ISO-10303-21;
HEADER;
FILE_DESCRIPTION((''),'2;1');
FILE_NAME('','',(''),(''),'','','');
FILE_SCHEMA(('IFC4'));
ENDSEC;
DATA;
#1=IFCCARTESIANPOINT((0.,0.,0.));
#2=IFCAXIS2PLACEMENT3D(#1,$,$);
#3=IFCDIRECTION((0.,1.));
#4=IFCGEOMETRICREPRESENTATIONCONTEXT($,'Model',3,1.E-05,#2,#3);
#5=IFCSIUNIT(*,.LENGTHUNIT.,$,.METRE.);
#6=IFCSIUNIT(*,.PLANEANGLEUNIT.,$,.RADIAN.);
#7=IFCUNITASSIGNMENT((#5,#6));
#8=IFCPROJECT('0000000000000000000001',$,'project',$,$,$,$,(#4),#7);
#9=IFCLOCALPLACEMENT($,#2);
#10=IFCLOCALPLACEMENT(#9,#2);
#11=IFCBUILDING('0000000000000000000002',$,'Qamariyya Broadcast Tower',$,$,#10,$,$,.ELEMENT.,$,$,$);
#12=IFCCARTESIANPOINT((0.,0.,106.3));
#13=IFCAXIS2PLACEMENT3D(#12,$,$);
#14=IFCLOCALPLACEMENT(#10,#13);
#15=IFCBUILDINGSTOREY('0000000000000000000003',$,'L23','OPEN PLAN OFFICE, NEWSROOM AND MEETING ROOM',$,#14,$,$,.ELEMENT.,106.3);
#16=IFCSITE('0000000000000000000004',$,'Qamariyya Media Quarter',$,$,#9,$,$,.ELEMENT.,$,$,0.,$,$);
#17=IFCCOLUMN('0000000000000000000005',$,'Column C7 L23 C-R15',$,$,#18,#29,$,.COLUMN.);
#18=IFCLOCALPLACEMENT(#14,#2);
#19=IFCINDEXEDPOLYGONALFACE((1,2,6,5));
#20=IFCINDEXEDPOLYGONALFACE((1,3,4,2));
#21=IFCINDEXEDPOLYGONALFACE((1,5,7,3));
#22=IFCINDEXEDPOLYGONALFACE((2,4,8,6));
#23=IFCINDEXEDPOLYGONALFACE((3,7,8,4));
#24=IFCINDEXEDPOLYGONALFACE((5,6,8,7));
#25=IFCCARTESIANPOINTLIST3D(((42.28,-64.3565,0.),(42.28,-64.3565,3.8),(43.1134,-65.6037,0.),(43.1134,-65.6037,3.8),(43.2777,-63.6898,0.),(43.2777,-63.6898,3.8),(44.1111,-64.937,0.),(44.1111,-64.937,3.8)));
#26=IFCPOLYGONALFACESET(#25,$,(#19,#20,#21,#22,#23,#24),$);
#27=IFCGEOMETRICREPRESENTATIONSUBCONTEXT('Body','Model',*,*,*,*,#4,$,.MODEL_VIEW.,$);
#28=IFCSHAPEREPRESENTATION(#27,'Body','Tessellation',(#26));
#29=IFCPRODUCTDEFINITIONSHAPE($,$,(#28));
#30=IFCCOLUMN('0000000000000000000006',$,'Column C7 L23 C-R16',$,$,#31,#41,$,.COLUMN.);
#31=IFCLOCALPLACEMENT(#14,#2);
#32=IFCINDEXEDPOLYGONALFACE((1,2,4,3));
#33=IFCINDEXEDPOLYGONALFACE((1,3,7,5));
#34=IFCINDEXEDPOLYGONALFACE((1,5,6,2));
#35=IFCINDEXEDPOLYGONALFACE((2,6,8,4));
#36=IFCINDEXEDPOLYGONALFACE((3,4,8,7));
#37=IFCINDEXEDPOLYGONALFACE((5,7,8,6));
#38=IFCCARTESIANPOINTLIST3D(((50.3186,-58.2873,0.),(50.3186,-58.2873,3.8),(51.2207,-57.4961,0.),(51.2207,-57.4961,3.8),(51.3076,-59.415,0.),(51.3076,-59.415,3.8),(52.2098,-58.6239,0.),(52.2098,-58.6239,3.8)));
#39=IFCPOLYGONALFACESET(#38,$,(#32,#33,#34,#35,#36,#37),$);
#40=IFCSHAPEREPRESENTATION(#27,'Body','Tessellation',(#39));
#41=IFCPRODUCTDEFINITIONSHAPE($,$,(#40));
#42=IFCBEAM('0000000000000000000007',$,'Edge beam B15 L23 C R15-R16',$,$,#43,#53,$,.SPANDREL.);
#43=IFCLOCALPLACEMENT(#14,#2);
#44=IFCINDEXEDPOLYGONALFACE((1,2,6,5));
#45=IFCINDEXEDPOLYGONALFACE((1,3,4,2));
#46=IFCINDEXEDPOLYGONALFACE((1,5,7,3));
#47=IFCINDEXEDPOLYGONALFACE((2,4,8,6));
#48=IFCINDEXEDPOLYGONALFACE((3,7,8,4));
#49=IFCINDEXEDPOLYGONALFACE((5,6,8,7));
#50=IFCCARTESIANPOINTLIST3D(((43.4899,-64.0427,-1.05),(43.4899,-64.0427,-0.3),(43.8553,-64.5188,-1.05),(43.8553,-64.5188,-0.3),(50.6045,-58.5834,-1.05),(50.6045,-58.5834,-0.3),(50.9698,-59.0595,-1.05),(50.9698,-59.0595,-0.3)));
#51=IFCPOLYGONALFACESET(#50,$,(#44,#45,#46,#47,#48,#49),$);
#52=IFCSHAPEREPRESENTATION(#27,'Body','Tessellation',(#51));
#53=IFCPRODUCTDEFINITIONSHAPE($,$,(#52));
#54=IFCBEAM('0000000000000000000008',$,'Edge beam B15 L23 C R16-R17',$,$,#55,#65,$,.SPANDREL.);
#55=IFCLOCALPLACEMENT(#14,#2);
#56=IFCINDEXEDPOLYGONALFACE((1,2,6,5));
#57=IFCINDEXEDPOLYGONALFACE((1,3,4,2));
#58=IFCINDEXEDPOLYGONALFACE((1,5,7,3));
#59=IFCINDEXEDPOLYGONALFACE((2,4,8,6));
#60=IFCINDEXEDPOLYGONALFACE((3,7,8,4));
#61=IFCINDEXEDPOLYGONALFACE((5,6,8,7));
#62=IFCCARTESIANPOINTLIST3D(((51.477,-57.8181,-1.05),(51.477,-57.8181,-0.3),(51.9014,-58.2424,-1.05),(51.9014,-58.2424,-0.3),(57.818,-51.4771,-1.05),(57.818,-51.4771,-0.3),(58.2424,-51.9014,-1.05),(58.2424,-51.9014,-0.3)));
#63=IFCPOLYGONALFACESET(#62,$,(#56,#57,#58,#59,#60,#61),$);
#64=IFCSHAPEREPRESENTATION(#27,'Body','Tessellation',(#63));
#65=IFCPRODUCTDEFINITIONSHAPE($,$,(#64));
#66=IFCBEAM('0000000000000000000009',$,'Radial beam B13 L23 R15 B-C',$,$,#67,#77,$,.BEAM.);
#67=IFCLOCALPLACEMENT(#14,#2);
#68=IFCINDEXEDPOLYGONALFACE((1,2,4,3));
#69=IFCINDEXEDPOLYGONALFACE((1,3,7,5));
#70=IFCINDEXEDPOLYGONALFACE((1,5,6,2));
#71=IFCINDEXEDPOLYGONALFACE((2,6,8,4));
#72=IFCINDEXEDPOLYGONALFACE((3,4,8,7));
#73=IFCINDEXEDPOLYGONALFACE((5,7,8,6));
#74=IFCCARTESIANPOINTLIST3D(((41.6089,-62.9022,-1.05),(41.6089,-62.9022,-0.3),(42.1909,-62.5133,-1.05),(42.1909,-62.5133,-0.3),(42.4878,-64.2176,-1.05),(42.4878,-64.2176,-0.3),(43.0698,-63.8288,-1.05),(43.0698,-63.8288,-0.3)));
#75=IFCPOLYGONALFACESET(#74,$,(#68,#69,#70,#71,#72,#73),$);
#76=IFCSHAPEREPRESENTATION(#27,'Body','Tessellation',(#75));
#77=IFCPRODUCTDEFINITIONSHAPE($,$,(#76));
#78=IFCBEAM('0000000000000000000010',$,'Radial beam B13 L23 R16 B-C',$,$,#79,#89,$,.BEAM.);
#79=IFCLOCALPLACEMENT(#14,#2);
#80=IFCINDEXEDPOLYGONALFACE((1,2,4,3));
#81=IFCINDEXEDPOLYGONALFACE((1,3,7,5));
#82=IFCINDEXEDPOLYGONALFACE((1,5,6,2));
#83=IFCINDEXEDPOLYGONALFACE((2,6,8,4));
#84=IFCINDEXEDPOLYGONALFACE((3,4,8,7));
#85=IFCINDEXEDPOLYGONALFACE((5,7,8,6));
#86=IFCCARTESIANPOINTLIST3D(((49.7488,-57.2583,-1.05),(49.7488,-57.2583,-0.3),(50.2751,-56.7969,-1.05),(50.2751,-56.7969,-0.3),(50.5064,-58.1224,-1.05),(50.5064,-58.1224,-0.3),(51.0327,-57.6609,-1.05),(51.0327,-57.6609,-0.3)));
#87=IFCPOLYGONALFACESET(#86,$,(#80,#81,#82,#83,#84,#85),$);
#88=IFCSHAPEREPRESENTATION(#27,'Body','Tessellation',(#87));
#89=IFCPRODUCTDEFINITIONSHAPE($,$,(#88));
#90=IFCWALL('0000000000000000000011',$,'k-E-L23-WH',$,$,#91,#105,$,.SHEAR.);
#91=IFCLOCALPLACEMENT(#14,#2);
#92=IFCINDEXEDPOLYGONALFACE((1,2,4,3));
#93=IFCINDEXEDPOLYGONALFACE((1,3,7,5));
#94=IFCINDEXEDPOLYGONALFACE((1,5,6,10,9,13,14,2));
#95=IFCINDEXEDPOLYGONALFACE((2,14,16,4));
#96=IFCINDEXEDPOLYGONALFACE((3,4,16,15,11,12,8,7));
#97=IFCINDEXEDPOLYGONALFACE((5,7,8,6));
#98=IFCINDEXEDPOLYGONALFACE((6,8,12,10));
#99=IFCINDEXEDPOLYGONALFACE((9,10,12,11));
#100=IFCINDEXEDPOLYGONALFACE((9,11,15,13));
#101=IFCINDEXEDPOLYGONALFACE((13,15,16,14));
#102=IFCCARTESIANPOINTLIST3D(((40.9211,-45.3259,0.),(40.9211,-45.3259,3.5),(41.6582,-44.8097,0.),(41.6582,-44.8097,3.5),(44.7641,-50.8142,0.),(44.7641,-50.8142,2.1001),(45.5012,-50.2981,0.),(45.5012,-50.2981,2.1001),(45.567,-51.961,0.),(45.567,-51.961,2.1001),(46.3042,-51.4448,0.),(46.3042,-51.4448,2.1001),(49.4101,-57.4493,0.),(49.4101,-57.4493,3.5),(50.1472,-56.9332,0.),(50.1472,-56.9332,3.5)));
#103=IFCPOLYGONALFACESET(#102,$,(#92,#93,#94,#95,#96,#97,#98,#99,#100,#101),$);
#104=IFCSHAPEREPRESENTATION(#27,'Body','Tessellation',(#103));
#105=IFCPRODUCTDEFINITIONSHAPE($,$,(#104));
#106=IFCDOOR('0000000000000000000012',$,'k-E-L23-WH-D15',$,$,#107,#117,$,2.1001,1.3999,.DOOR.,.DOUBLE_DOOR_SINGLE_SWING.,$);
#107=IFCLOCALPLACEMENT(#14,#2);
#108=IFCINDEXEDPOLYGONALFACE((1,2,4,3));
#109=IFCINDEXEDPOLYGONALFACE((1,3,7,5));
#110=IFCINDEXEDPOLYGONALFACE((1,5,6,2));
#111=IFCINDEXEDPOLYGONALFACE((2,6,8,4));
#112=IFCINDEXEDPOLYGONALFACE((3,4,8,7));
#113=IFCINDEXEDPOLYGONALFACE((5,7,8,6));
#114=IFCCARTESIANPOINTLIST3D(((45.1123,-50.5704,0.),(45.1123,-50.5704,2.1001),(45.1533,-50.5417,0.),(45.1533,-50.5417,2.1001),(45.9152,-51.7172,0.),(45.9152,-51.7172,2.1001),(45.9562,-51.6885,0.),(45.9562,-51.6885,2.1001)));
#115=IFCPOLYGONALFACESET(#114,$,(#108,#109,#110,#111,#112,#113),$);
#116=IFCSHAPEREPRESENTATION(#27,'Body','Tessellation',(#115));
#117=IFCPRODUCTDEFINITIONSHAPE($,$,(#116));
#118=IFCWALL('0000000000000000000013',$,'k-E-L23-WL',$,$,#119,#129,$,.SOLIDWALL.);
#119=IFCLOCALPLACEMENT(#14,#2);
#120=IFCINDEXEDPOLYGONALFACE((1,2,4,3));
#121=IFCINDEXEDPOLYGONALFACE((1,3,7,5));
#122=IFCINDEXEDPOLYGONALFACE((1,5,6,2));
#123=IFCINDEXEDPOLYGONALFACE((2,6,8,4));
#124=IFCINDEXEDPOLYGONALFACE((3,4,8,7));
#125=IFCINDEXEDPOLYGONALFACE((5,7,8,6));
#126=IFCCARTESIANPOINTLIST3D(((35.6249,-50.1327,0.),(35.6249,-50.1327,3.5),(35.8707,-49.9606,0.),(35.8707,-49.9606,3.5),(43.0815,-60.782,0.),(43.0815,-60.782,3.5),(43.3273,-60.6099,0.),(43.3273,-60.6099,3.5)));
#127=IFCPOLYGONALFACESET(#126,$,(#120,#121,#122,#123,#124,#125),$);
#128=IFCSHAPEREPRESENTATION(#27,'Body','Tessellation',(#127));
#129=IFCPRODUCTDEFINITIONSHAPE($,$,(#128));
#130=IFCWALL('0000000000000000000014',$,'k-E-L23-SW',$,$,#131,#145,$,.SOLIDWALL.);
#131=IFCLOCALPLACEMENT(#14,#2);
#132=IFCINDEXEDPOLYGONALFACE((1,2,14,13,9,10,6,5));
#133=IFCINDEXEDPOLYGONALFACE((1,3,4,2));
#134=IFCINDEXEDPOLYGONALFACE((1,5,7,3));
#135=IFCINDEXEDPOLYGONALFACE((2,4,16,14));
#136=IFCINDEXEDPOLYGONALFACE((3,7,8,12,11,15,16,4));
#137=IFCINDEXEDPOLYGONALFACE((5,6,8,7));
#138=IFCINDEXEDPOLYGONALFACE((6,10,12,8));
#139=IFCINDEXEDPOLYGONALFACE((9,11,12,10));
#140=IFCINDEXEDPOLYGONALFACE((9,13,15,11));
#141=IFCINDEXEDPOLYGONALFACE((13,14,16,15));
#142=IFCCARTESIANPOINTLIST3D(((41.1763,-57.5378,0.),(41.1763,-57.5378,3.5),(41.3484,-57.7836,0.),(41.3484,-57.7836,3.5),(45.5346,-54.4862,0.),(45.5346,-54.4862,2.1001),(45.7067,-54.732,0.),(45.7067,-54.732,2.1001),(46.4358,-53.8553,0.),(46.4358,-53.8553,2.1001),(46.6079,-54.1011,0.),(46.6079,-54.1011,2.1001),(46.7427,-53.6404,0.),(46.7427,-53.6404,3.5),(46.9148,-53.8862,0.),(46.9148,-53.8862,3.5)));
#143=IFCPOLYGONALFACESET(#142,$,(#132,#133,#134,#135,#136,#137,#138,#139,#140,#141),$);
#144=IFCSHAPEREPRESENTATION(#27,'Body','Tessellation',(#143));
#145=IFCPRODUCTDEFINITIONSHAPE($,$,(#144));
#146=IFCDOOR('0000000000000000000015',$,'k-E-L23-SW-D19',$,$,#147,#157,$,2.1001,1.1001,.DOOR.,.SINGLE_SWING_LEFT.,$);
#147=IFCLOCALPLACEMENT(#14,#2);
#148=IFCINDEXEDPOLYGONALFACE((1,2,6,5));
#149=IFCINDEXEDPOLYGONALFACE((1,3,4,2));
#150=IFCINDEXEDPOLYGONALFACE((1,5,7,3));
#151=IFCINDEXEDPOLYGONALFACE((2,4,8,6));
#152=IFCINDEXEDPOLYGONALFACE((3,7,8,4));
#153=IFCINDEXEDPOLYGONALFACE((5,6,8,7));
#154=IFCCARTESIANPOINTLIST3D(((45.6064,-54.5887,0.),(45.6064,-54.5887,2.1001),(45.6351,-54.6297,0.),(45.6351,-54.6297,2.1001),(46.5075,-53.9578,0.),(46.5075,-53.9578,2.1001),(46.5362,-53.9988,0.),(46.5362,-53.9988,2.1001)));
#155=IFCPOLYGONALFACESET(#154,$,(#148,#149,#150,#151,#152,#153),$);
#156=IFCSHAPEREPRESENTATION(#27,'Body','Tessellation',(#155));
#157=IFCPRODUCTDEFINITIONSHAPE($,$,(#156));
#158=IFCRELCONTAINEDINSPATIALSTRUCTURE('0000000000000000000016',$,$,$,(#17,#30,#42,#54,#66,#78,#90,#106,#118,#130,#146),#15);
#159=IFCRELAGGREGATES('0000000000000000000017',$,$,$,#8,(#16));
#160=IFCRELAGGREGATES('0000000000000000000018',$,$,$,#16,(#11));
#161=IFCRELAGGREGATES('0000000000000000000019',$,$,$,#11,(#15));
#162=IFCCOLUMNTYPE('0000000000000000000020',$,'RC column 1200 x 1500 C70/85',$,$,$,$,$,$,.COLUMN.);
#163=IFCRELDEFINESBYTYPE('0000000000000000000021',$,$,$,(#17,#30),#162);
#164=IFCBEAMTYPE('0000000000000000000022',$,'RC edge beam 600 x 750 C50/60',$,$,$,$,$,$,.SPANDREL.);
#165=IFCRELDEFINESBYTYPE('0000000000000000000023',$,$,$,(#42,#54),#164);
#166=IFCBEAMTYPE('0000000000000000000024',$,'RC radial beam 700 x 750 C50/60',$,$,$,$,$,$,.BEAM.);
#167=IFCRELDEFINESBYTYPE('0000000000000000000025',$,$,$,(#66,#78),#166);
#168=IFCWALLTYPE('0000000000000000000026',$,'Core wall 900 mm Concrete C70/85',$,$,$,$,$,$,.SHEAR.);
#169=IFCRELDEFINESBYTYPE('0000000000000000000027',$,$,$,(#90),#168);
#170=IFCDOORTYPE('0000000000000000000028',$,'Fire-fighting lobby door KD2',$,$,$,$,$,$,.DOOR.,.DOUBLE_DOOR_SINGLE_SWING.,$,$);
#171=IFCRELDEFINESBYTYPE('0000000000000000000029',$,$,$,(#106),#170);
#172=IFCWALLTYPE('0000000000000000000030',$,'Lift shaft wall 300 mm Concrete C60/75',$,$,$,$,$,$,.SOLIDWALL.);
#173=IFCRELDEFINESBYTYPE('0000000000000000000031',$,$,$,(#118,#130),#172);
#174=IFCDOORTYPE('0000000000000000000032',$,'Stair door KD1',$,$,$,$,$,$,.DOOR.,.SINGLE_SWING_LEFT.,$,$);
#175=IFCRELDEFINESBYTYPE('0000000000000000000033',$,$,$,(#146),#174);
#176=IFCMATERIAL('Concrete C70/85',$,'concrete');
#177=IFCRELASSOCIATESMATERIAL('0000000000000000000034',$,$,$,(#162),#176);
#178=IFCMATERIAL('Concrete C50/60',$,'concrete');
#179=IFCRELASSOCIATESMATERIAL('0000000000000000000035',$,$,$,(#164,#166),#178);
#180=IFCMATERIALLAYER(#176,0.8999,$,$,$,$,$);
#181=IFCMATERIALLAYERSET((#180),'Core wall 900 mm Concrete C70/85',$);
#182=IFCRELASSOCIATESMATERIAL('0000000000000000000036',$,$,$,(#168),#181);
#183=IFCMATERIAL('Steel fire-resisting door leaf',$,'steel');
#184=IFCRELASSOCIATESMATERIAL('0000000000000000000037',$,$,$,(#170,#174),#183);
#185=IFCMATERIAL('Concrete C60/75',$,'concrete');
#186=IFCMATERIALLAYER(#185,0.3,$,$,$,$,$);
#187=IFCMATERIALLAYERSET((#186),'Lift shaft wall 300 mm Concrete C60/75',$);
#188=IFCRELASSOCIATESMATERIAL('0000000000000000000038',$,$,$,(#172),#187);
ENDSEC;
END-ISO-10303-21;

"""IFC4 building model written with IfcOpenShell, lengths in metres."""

from ifc_helpers import new_model, si_unit, direction, frame, frame_2d, origin, origin_2d, place, context, subcontext, project, spatial, rectangle, extrude, material, layer, layer_set, material_profile, profile_set, type_object, element, fill, save


model = new_model("IFC4")

# Units and contexts
model_context = context("Model", 3, precision=1e-05, world=origin(), true_north=direction((0.0, 1.0)))
body_context = subcontext(model_context, "Body", "Model", "MODEL_VIEW")
ifc_project = project(units=[si_unit("LENGTHUNIT", "METRE"), si_unit("PLANEANGLEUNIT", "RADIAN")], contexts=[model_context])

# Site, building, storey
site_placement = place(None, origin())
site = spatial("IfcSite", under=ifc_project, at=site_placement, Name="Qamariyya Media Quarter", CompositionType="ELEMENT", RefElevation=0.0)
building_placement = place(site_placement, origin())
building = spatial("IfcBuilding", under=site, at=building_placement, Name="Qamariyya Broadcast Tower", CompositionType="ELEMENT")
storey_placement = place(building_placement, frame((0.0, 0.0, 106.3)))
storey = spatial("IfcBuildingStorey", under=building, at=storey_placement, Name="L23", Description="OPEN PLAN OFFICE, NEWSROOM AND MEETING ROOM", CompositionType="ELEMENT", Elevation=106.3)

# Columns
ifc_material_1 = material(Name="Concrete C70/85", Category="concrete")
ifc_material_profile_1 = material_profile(ifc_material_1, rectangle(XDim=1.2, YDim=1.5, at=origin_2d()))
ifc_profile_set_1 = profile_set([ifc_material_profile_1], Name="Concrete C70/85")
column_type = type_object("IfcColumnType", Name="RC column 1200 x 1500 C70/85", PredefinedType="COLUMN", material=ifc_profile_set_1)
for number, where, z_axis, x_axis, name in (
    (1, (43.1956, -64.6467, 0.0), (0.0, 0.0, 1.0), (0.83147, 0.55557, 0.0), "Column C7 L23 C-R15"),
    (2, (51.2642, -58.4556, 0.0), (0.0, 0.0, 1.0), (0.75184, 0.659346, 0.0), "Column C7 L23 C-R16"),
):
    element("IfcColumn", number, at=place(storey_placement, frame(where, z_axis=z_axis, x_axis=x_axis)), inside=storey, type_object=column_type, Name=name, PredefinedType="COLUMN", context=body_context, shape_type="SweptSolid", body=[
        extrude(rectangle(XDim=1.2, YDim=1.5, at=origin_2d()), origin(), (0.0, 0.0, 1.0), 3.8),
    ])

# Beams
ifc_material_2 = material(Name="Concrete C50/60", Category="concrete")
ifc_material_profile_2 = material_profile(ifc_material_2, rectangle(XDim=0.6001, YDim=0.75, at=origin_2d()))
ifc_profile_set_2 = profile_set([ifc_material_profile_2], Name="Concrete C50/60")
beam_type_1 = type_object("IfcBeamType", Name="RC edge beam 600 x 750 C50/60", PredefinedType="SPANDREL", material=ifc_profile_set_2)
beam_1_placement = place(storey_placement, frame((43.6726, -64.2808, -0.675), z_axis=(0.793349, 0.608767, 0.0), x_axis=(-0.608767, 0.793349, 0.0)))
element("IfcBeam", 3, at=beam_1_placement, inside=storey, type_object=beam_type_1, Name="Edge beam B15 L23 C R15-R16", PredefinedType="SPANDREL", context=body_context, shape_type="SweptSolid", body=[
    extrude(rectangle(XDim=0.6001, YDim=0.75, at=origin_2d()), origin(), (0.0, 0.0, 1.0), 8.9678),
])
beam_2_placement = place(storey_placement, frame((51.6892, -58.0303, -0.675), z_axis=(0.707107, 0.707107, 0.0), x_axis=(-0.707107, 0.707107, 0.0)))
element("IfcBeam", 4, at=beam_2_placement, inside=storey, type_object=beam_type_1, Name="Edge beam B15 L23 C R16-R17", PredefinedType="SPANDREL", context=body_context, shape_type="SweptSolid", body=[
    extrude(rectangle(XDim=0.6001, YDim=0.75, at=origin_2d()), origin(), (0.0, 0.0, 1.0), 8.9675),
])
ifc_material_profile_3 = material_profile(ifc_material_2, rectangle(XDim=0.7, YDim=0.75, at=origin_2d()))
ifc_profile_set_3 = profile_set([ifc_material_profile_3], Name="Concrete C50/60")
beam_type_2 = type_object("IfcBeamType", Name="RC radial beam 700 x 750 C50/60", PredefinedType="BEAM", material=ifc_profile_set_3)
beam_3_placement = place(storey_placement, frame((41.8999, -62.7078, -0.675), z_axis=(0.555555, -0.83148, 0.0), x_axis=(0.83148, 0.555555, 0.0)))
element("IfcBeam", 5, at=beam_3_placement, inside=storey, type_object=beam_type_2, Name="Radial beam B13 L23 R15 B-C", PredefinedType="BEAM", context=body_context, shape_type="SweptSolid", body=[
    extrude(rectangle(XDim=0.7, YDim=0.75, at=origin_2d()), origin(), (0.0, 0.0, 1.0), 1.582),
])
beam_4_placement = place(storey_placement, frame((50.012, -57.0276, -0.675), z_axis=(0.659271, -0.751905, 0.0), x_axis=(0.751905, 0.659271, 0.0)))
element("IfcBeam", 6, at=beam_4_placement, inside=storey, type_object=beam_type_2, Name="Radial beam B13 L23 R16 B-C", PredefinedType="BEAM", context=body_context, shape_type="SweptSolid", body=[
    extrude(rectangle(XDim=0.7, YDim=0.75, at=origin_2d()), origin(), (0.0, 0.0, 1.0), 1.1492),
])

# Wall, opening, door
ifc_layer_1 = layer(ifc_material_1, 0.8999)
ifc_layer_set_1 = layer_set([ifc_layer_1], Name="Core wall 900 mm Concrete C70/85")
wall_type_1 = type_object("IfcWallType", Name="Core wall 900 mm Concrete C70/85", PredefinedType="SHEAR", material=ifc_layer_set_1)
wall_1_placement = place(storey_placement, frame((49.7786, -57.1912, 0.0), z_axis=(0.0, 0.0, 1.0), x_axis=(-0.573577, 0.819151, 0.0)))
wall_1 = element("IfcWall", 7, at=wall_1_placement, inside=storey, type_object=wall_type_1, Name="k-E-L23-WH", PredefinedType="SHEAR", context=body_context, shape_type="SweptSolid", body=[
    extrude(rectangle(XDim=14.8, YDim=0.8999, at=frame_2d((7.3999, 0.0))), origin(), (0.0, 0.0, 1.0), 3.5),
])
opening_1_placement = place(wall_1_placement, frame((6.7, 0.0, 0.0)))
opening_1 = element("IfcOpeningElement", 8, at=opening_1_placement, cuts=wall_1, PredefinedType="OPENING", context=body_context, shape_type="SweptSolid", body=[
    extrude(rectangle(XDim=1.3999, YDim=2.1001, at=frame_2d((0.7, 1.05))), frame((0.0, 0.46, 0.0), z_axis=(0.0, -1.0, 0.0), x_axis=(1.0, 0.0, 0.0)), (0.0, 0.0, 1.0), 0.9199),
])
ifc_material_3 = material(Name="Steel fire-resisting door leaf", Category="steel")
door_type_1 = type_object("IfcDoorType", Name="Fire-fighting lobby door KD2", OperationType="DOUBLE_DOOR_SINGLE_SWING", PredefinedType="DOOR", material=ifc_material_3)
door_1_placement = place(opening_1_placement, origin())
door_1 = element("IfcDoor", 9, at=door_1_placement, inside=storey, type_object=door_type_1, Name="k-E-L23-WH-D15", OperationType="DOUBLE_DOOR_SINGLE_SWING", OverallHeight=2.1001, OverallWidth=1.3999, PredefinedType="DOOR", context=body_context, shape_type="SweptSolid", body=[
    extrude(rectangle(XDim=1.3999, YDim=2.1001, at=frame_2d((0.7, 1.05))), frame((0.0, 0.0249, 0.0), z_axis=(0.0, -1.0, 0.0), x_axis=(1.0, 0.0, 0.0)), (0.0, 0.0, 1.0), 0.05),
])
fill(opening_1, door_1)

# Wall
ifc_material_4 = material(Name="Concrete C60/75", Category="concrete")
ifc_layer_2 = layer(ifc_material_4, 0.3)
ifc_layer_set_2 = layer_set([ifc_layer_2], Name="Lift shaft wall 300 mm Concrete C60/75")
wall_type_2 = type_object("IfcWallType", Name="Lift shaft wall 300 mm Concrete C60/75", PredefinedType="SOLIDWALL", material=ifc_layer_set_2)
wall_2_placement = place(storey_placement, frame((43.2043, -60.6958, 0.0), z_axis=(0.0, 0.0, 1.0), x_axis=(-0.573572, 0.819155, 0.0)))
element("IfcWall", 10, at=wall_2_placement, inside=storey, type_object=wall_type_2, Name="k-E-L23-WL", PredefinedType="SOLIDWALL", context=body_context, shape_type="SweptSolid", body=[
    extrude(rectangle(XDim=13.0002, YDim=0.3, at=frame_2d((6.5, 0.0))), origin(), (0.0, 0.0, 1.0), 3.5),
])

# Wall, opening, door
wall_3_placement = place(storey_placement, frame((41.2625, -57.6606, 0.0), z_axis=(0.0, 0.0, 1.0), x_axis=(0.819164, 0.573559, 0.0)))
wall_3 = element("IfcWall", 11, at=wall_3_placement, inside=storey, type_object=wall_type_2, Name="k-E-L23-SW", PredefinedType="SOLIDWALL", context=body_context, shape_type="SweptSolid", body=[
    extrude(rectangle(XDim=6.7952, YDim=0.3, at=frame_2d((3.3975, 0.0))), origin(), (0.0, 0.0, 1.0), 3.5),
])
opening_2_placement = place(wall_3_placement, frame((5.3203, 0.0, 0.0)))
opening_2 = element("IfcOpeningElement", 12, at=opening_2_placement, cuts=wall_3, PredefinedType="OPENING", context=body_context, shape_type="SweptSolid", body=[
    extrude(rectangle(XDim=1.1001, YDim=2.1001, at=frame_2d((0.55, 1.05))), frame((0.0, 0.1599, 0.0), z_axis=(0.0, -1.0, 0.0), x_axis=(1.0, 0.0, 0.0)), (0.0, 0.0, 1.0), 0.3201),
])
door_type_2 = type_object("IfcDoorType", Name="Stair door KD1", OperationType="SINGLE_SWING_LEFT", PredefinedType="DOOR", material=ifc_material_3)
door_2_placement = place(opening_2_placement, origin())
door_2 = element("IfcDoor", 13, at=door_2_placement, inside=storey, type_object=door_type_2, Name="k-E-L23-SW-D19", OperationType="SINGLE_SWING_LEFT", OverallHeight=2.1001, OverallWidth=1.1001, PredefinedType="DOOR", context=body_context, shape_type="SweptSolid", body=[
    extrude(rectangle(XDim=1.1001, YDim=2.1001, at=frame_2d((0.55, 1.05))), frame((0.0, 0.0249, 0.0), z_axis=(0.0, -1.0, 0.0), x_axis=(1.0, 0.0, 0.0)), (0.0, 0.0, 1.0), 0.05),
])
fill(opening_2, door_2)

save(model, "model.ifc")
